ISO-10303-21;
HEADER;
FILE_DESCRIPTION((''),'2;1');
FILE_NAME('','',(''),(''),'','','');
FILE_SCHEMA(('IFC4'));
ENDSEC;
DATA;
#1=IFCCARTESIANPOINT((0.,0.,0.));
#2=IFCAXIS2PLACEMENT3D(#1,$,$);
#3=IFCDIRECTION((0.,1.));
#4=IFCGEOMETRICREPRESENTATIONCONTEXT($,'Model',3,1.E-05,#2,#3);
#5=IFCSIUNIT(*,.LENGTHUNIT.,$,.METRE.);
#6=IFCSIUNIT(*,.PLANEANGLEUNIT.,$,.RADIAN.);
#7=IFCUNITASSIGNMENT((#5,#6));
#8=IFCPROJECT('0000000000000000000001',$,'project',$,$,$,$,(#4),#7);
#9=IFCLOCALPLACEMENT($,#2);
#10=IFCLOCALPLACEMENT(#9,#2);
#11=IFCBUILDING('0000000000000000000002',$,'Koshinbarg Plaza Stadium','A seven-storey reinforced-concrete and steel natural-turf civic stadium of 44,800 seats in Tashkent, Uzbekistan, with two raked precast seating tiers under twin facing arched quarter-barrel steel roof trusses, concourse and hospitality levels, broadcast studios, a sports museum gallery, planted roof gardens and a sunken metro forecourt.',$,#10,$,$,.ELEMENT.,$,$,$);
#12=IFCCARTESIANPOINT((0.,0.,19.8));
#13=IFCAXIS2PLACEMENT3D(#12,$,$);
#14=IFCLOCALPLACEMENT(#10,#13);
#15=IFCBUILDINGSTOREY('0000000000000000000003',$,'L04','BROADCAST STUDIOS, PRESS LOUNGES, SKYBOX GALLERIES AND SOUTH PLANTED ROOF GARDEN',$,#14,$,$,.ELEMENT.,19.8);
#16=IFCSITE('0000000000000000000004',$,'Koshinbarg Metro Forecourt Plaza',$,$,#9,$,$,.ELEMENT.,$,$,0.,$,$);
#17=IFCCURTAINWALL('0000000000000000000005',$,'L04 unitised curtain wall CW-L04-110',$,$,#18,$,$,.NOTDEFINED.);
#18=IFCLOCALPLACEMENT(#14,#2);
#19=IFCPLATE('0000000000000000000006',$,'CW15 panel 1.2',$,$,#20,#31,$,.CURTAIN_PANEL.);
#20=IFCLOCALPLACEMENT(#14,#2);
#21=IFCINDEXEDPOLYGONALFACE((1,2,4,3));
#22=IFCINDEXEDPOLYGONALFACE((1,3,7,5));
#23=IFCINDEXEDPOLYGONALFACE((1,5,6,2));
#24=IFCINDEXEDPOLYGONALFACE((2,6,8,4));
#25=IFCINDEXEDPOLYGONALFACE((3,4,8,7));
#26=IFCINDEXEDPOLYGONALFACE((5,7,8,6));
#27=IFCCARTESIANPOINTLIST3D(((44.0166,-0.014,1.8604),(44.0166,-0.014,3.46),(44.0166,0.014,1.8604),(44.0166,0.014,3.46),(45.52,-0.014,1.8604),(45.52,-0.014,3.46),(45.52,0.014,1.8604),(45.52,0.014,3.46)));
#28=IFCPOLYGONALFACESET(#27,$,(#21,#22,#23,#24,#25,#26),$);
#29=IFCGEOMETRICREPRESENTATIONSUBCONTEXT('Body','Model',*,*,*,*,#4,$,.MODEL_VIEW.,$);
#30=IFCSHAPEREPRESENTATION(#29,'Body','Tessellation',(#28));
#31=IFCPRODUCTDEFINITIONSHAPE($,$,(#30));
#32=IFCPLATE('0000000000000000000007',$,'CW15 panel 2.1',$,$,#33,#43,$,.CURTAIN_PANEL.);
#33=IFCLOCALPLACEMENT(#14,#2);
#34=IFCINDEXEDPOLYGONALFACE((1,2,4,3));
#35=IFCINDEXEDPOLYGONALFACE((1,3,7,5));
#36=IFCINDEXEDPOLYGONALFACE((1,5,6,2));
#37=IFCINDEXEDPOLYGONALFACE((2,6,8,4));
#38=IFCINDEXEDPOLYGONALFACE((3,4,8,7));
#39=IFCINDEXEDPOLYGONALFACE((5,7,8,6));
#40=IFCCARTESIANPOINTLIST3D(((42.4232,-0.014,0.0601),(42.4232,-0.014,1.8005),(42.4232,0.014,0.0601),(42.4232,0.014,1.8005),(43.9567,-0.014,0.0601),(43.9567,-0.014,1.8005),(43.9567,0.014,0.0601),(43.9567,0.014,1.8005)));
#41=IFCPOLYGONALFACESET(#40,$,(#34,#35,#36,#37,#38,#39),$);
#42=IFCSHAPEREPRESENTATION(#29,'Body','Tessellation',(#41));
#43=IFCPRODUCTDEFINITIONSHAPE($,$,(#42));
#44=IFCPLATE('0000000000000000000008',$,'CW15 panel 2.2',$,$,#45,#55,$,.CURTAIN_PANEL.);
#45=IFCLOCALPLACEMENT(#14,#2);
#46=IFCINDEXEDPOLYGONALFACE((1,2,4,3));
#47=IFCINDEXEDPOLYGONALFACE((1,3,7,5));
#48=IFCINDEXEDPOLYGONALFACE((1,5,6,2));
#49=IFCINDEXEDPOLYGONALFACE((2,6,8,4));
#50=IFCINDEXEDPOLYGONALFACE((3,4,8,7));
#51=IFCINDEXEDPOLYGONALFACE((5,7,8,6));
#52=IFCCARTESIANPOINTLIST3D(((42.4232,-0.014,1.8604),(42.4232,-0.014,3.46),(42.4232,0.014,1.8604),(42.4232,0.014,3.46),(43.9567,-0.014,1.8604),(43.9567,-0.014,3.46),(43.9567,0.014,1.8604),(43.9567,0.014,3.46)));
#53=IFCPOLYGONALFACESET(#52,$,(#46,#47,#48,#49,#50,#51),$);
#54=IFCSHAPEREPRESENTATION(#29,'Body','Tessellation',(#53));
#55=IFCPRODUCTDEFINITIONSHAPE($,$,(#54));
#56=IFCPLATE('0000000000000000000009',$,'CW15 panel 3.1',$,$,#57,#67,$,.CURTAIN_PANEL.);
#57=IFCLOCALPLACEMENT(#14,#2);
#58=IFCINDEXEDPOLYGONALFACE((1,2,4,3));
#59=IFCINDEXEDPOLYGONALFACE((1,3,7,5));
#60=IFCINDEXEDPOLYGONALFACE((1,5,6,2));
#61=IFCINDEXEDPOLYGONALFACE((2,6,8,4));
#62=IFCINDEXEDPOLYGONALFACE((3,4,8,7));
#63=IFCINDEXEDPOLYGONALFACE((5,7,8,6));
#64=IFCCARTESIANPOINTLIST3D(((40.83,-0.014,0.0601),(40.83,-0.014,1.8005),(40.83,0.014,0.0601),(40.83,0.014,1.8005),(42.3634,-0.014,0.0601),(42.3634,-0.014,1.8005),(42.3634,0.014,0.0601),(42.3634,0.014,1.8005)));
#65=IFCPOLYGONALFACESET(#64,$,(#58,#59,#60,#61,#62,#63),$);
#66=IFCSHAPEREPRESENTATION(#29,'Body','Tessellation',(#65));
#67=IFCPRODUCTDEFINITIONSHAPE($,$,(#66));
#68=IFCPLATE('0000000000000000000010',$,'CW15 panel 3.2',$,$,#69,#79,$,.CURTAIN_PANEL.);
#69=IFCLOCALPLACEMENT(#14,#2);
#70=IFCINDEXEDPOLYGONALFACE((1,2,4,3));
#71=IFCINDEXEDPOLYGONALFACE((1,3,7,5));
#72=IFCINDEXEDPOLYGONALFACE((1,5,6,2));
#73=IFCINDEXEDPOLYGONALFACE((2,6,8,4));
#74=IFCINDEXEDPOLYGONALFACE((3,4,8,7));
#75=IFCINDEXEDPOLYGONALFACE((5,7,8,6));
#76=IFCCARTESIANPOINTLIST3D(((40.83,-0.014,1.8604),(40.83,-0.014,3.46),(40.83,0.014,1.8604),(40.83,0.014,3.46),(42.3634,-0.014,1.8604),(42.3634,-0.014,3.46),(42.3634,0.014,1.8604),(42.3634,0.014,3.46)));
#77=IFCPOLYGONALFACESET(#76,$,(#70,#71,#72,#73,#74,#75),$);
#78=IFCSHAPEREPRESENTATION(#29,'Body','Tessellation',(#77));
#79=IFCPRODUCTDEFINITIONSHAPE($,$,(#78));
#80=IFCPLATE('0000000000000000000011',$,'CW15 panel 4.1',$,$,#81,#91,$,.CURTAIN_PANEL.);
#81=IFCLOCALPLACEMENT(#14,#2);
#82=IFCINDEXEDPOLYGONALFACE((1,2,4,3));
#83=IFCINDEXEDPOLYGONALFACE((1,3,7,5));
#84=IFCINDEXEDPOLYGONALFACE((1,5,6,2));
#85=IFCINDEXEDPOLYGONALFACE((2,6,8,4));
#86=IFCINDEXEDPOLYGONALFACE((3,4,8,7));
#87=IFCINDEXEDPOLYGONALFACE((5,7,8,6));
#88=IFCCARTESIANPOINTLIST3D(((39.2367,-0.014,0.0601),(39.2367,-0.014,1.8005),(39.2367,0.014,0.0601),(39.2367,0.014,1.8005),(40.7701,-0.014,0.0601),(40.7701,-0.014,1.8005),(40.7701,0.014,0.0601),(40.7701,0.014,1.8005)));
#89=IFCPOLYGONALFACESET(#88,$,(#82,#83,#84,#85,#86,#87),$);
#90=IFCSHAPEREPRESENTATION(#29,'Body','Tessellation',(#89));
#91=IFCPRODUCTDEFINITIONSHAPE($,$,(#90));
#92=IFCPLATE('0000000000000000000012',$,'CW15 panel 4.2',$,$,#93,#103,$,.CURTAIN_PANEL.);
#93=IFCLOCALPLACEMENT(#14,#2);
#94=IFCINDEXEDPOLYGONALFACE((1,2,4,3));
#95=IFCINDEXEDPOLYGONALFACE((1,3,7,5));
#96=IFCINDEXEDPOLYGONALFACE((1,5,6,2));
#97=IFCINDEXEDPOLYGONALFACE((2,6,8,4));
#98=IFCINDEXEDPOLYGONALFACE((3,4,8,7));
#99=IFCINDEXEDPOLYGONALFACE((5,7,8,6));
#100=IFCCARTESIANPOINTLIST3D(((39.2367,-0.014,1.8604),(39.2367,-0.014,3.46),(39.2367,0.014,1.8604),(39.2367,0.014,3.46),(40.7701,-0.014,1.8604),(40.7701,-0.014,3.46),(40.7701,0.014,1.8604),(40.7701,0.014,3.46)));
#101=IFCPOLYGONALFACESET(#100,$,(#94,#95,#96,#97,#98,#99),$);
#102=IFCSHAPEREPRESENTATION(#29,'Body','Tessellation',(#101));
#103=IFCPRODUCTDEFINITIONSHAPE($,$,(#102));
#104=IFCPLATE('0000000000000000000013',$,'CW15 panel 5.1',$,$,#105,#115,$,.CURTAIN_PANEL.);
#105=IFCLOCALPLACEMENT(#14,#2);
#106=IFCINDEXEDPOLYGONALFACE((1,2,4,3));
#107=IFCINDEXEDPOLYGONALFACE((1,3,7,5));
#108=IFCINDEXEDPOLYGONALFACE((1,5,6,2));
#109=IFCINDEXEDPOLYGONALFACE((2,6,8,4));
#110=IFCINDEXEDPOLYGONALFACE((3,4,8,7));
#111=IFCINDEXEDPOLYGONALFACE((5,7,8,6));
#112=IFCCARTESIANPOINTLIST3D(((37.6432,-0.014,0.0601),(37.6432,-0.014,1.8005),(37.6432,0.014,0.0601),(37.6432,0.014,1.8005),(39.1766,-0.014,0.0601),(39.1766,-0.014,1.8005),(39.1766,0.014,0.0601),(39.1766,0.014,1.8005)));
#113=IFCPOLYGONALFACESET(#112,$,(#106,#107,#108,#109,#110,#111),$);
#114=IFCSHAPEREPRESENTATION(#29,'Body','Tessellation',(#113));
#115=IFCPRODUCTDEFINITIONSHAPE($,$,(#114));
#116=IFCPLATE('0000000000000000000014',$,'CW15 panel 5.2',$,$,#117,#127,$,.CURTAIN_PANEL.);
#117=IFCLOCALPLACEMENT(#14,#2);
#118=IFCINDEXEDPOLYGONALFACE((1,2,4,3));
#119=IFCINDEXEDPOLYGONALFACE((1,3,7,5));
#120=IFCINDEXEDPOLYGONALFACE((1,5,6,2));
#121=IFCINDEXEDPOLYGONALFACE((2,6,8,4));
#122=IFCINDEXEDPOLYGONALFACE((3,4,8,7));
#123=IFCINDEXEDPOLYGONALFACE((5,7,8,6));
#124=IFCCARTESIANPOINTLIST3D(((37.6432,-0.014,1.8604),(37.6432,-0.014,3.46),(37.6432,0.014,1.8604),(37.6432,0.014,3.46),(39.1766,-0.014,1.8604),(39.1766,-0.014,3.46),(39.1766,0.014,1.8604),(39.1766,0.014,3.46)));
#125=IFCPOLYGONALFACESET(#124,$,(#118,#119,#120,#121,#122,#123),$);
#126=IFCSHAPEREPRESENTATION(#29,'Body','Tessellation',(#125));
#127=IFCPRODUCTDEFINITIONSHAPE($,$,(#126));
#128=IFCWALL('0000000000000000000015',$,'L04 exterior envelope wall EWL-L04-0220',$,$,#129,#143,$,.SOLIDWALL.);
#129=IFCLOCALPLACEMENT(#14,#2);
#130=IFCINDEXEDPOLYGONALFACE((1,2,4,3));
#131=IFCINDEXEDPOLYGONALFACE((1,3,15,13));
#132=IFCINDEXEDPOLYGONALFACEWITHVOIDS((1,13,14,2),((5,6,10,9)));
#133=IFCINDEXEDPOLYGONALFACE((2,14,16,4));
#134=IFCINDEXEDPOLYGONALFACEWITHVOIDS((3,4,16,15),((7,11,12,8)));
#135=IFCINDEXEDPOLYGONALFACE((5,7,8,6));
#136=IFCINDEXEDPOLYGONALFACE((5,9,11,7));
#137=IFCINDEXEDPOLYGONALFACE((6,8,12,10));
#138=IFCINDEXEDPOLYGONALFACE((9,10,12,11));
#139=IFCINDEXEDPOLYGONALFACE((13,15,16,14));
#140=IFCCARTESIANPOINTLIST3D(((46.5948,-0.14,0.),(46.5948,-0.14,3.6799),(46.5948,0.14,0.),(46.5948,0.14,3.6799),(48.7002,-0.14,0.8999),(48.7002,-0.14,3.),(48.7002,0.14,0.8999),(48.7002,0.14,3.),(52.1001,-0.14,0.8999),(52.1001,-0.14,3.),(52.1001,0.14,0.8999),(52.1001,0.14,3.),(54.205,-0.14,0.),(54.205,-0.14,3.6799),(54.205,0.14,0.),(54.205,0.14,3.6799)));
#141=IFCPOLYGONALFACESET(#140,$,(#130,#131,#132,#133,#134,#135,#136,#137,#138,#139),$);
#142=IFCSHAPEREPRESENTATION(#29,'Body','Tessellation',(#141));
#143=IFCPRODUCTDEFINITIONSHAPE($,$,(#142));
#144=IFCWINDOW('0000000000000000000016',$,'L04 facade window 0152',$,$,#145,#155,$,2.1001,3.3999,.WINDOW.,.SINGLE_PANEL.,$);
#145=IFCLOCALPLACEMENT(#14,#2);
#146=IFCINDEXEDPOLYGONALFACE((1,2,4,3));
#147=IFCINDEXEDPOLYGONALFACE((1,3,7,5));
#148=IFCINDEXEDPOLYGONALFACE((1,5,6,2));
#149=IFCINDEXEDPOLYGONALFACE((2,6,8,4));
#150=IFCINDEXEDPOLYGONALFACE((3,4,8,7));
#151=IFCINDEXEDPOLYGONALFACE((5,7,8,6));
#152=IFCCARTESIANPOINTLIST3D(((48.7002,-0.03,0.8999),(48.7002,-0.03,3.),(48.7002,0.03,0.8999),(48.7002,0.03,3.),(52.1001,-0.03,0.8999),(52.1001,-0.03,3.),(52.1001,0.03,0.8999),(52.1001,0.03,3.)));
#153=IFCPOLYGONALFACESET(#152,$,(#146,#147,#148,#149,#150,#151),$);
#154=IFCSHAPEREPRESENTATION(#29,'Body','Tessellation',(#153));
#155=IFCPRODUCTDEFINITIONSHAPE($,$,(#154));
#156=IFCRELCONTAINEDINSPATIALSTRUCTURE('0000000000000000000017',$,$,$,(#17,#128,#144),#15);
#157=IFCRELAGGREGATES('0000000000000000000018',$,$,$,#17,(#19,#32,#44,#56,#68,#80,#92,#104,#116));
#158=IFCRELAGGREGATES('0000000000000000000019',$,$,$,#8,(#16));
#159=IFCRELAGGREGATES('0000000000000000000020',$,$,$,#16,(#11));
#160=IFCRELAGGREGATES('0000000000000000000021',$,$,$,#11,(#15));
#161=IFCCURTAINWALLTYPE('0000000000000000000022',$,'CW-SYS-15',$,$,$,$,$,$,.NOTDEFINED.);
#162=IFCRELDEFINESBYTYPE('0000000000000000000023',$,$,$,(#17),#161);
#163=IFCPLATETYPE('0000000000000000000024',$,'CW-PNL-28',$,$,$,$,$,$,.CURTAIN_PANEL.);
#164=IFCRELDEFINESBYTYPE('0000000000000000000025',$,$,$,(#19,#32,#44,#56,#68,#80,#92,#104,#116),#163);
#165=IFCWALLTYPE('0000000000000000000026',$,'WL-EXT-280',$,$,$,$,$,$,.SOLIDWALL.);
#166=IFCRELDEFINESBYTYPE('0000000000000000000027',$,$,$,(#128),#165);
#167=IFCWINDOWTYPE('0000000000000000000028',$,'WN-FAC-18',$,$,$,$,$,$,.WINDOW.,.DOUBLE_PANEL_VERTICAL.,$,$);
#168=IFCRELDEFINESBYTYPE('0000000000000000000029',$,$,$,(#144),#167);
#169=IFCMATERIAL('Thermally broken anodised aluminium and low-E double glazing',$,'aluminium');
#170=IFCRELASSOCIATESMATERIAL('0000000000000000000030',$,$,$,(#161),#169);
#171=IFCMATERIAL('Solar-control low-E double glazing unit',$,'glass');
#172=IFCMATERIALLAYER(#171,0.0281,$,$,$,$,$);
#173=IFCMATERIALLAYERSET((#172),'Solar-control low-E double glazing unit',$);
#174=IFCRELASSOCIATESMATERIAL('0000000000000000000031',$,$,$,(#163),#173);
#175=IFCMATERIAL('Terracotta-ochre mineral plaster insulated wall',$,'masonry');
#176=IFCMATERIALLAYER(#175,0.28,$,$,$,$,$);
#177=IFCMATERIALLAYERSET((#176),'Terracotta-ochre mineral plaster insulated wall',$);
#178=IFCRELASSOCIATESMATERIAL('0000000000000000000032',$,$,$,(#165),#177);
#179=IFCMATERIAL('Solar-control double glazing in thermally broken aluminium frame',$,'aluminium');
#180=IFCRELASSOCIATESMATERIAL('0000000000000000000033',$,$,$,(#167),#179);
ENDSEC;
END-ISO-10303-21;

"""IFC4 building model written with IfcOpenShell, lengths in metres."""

from ifc_helpers import new_model, si_unit, direction, frame, frame_2d, origin, origin_2d, place, context, subcontext, project, spatial, rectangle, extrude, material, layer, layer_set, type_object, element, fill, aggregate, save


model = new_model("IFC4")

# Units and contexts
model_context = context("Model", 3, precision=1e-05, world=origin(), true_north=direction((0.0, 1.0)))
body_context = subcontext(model_context, "Body", "Model", "MODEL_VIEW")
ifc_project = project(units=[si_unit("LENGTHUNIT", "METRE"), si_unit("PLANEANGLEUNIT", "RADIAN")], contexts=[model_context])

# Site, building, storey
site_placement = place(None, origin())
site = spatial("IfcSite", under=ifc_project, at=site_placement, Name="Koshinbarg Metro Forecourt Plaza", CompositionType="ELEMENT", RefElevation=0.0)
building_placement = place(site_placement, origin())
building = spatial("IfcBuilding", under=site, at=building_placement, Name="Koshinbarg Plaza Stadium", Description="A seven-storey reinforced-concrete and steel natural-turf civic stadium of 44,800 seats in Tashkent, Uzbekistan, with two raked precast seating tiers under twin facing arched quarter-barrel steel roof trusses, concourse and hospitality levels, broadcast studios, a sports museum gallery, planted roof gardens and a sunken metro forecourt.", CompositionType="ELEMENT")
storey_placement = place(building_placement, frame((0.0, 0.0, 19.8)))
storey = spatial("IfcBuildingStorey", under=building, at=storey_placement, Name="L04", Description="BROADCAST STUDIOS, PRESS LOUNGES, SKYBOX GALLERIES AND SOUTH PLANTED ROOF GARDEN", CompositionType="ELEMENT", Elevation=19.8)

# Curtain wall, plates
ifc_material_1 = material(Name="Thermally broken anodised aluminium and low-E double glazing", Category="aluminium")
curtain_wall_type = type_object("IfcCurtainWallType", Name="CW-SYS-15", PredefinedType="NOTDEFINED", material=ifc_material_1)
curtain_wall_placement = place(storey_placement, origin())
curtain_wall = element("IfcCurtainWall", 1, at=curtain_wall_placement, inside=storey, type_object=curtain_wall_type, Name="L04 unitised curtain wall CW-L04-110", PredefinedType="NOTDEFINED")
ifc_material_2 = material(Name="Solar-control low-E double glazing unit", Category="glass")
ifc_layer_1 = layer(ifc_material_2, 0.0281)
ifc_layer_set_1 = layer_set([ifc_layer_1], Name="Solar-control low-E double glazing unit")
plate_type = type_object("IfcPlateType", Name="CW-PNL-28", PredefinedType="CURTAIN_PANEL", material=ifc_layer_set_1)
plate_1_placement = place(storey_placement, frame((44.7683, 0.0, 1.8604), z_axis=(0.0, 0.0, 1.0), x_axis=(-1.0, 0.0, 0.0)))
plate_1 = element("IfcPlate", 2, at=plate_1_placement, type_object=plate_type, Name="CW15 panel 1.2", PredefinedType="CURTAIN_PANEL", context=body_context, shape_type="SweptSolid", body=[
    extrude(rectangle(XDim=1.5034, YDim=0.0281, at=origin_2d()), origin(), (0.0, 0.0, 1.0), 1.5996),
])
plate_2_placement = place(storey_placement, frame((43.1899, 0.0, 0.0601), z_axis=(0.0, 0.0, 1.0), x_axis=(-1.0, 0.0, 0.0)))
plate_2 = element("IfcPlate", 3, at=plate_2_placement, type_object=plate_type, Name="CW15 panel 2.1", PredefinedType="CURTAIN_PANEL", context=body_context, shape_type="SweptSolid", body=[
    extrude(rectangle(XDim=1.5334, YDim=0.0281, at=origin_2d()), origin(), (0.0, 0.0, 1.0), 1.7405),
])
plate_3_placement = place(storey_placement, frame((43.1899, 0.0, 1.8604), z_axis=(0.0, 0.0, 1.0), x_axis=(-1.0, 0.0, 0.0)))
plate_3 = element("IfcPlate", 4, at=plate_3_placement, type_object=plate_type, Name="CW15 panel 2.2", PredefinedType="CURTAIN_PANEL", context=body_context, shape_type="SweptSolid", body=[
    extrude(rectangle(XDim=1.5334, YDim=0.0281, at=origin_2d()), origin(), (0.0, 0.0, 1.0), 1.5996),
])
plate_4_placement = place(storey_placement, frame((41.5967, 0.0, 0.0601), z_axis=(0.0, 0.0, 1.0), x_axis=(-1.0, 0.0, 0.0)))
plate_4 = element("IfcPlate", 5, at=plate_4_placement, type_object=plate_type, Name="CW15 panel 3.1", PredefinedType="CURTAIN_PANEL", context=body_context, shape_type="SweptSolid", body=[
    extrude(rectangle(XDim=1.5334, YDim=0.0281, at=origin_2d()), origin(), (0.0, 0.0, 1.0), 1.7405),
])
plate_5_placement = place(storey_placement, frame((41.5967, 0.0, 1.8604), z_axis=(0.0, 0.0, 1.0), x_axis=(-1.0, 0.0, 0.0)))
plate_5 = element("IfcPlate", 6, at=plate_5_placement, type_object=plate_type, Name="CW15 panel 3.2", PredefinedType="CURTAIN_PANEL", context=body_context, shape_type="SweptSolid", body=[
    extrude(rectangle(XDim=1.5334, YDim=0.0281, at=origin_2d()), origin(), (0.0, 0.0, 1.0), 1.5996),
])
plate_6_placement = place(storey_placement, frame((40.0034, 0.0, 0.0601), z_axis=(0.0, 0.0, 1.0), x_axis=(-1.0, 0.0, 0.0)))
plate_6 = element("IfcPlate", 7, at=plate_6_placement, type_object=plate_type, Name="CW15 panel 4.1", PredefinedType="CURTAIN_PANEL", context=body_context, shape_type="SweptSolid", body=[
    extrude(rectangle(XDim=1.5334, YDim=0.0281, at=origin_2d()), origin(), (0.0, 0.0, 1.0), 1.7405),
])
plate_7_placement = place(storey_placement, frame((40.0034, 0.0, 1.8604), z_axis=(0.0, 0.0, 1.0), x_axis=(-1.0, 0.0, 0.0)))
plate_7 = element("IfcPlate", 8, at=plate_7_placement, type_object=plate_type, Name="CW15 panel 4.2", PredefinedType="CURTAIN_PANEL", context=body_context, shape_type="SweptSolid", body=[
    extrude(rectangle(XDim=1.5334, YDim=0.0281, at=origin_2d()), origin(), (0.0, 0.0, 1.0), 1.5996),
])
plate_8_placement = place(storey_placement, frame((38.4099, 0.0, 0.0601), z_axis=(0.0, 0.0, 1.0), x_axis=(-1.0, 0.0, 0.0)))
plate_8 = element("IfcPlate", 9, at=plate_8_placement, type_object=plate_type, Name="CW15 panel 5.1", PredefinedType="CURTAIN_PANEL", context=body_context, shape_type="SweptSolid", body=[
    extrude(rectangle(XDim=1.5334, YDim=0.0281, at=origin_2d()), origin(), (0.0, 0.0, 1.0), 1.7405),
])
plate_9_placement = place(storey_placement, frame((38.4099, 0.0, 1.8604), z_axis=(0.0, 0.0, 1.0), x_axis=(-1.0, 0.0, 0.0)))
plate_9 = element("IfcPlate", 10, at=plate_9_placement, type_object=plate_type, Name="CW15 panel 5.2", PredefinedType="CURTAIN_PANEL", context=body_context, shape_type="SweptSolid", body=[
    extrude(rectangle(XDim=1.5334, YDim=0.0281, at=origin_2d()), origin(), (0.0, 0.0, 1.0), 1.5996),
])
aggregate(curtain_wall, [plate_1, plate_2, plate_3, plate_4, plate_5, plate_6, plate_7, plate_8, plate_9])

# Wall, opening, window
ifc_material_3 = material(Name="Terracotta-ochre mineral plaster insulated wall", Category="masonry")
ifc_layer_2 = layer(ifc_material_3, 0.28)
ifc_layer_set_2 = layer_set([ifc_layer_2], Name="Terracotta-ochre mineral plaster insulated wall")
wall_type = type_object("IfcWallType", Name="WL-EXT-280", PredefinedType="SOLIDWALL", material=ifc_layer_set_2)
wall_placement = place(storey_placement, frame((54.2051, 0.0, 0.0), z_axis=(0.0, 0.0, 1.0), x_axis=(-1.0, 0.0, 0.0)))
wall = element("IfcWall", 11, at=wall_placement, inside=storey, type_object=wall_type, Name="L04 exterior envelope wall EWL-L04-0220", PredefinedType="SOLIDWALL", context=body_context, shape_type="SweptSolid", body=[
    extrude(rectangle(XDim=7.6101, YDim=0.28, at=frame_2d((3.8052, 0.0))), origin(), (0.0, 0.0, 1.0), 3.6799),
])
opening_placement = place(wall_placement, frame((2.105, 0.0, 0.8999)))
opening = element("IfcOpeningElement", 12, at=opening_placement, cuts=wall, PredefinedType="OPENING", context=body_context, shape_type="SweptSolid", body=[
    extrude(rectangle(XDim=3.3999, YDim=2.1001, at=frame_2d((1.7, 1.05))), frame((0.0, 0.1499, 0.0), z_axis=(0.0, -1.0, 0.0), x_axis=(1.0, 0.0, 0.0)), (0.0, 0.0, 1.0), 0.3),
])
ifc_material_4 = material(Name="Solar-control double glazing in thermally broken aluminium frame", Category="aluminium")
window_type = type_object("IfcWindowType", Name="WN-FAC-18", PartitioningType="DOUBLE_PANEL_VERTICAL", PredefinedType="WINDOW", material=ifc_material_4)
window_placement = place(opening_placement, origin())
window = element("IfcWindow", 13, at=window_placement, inside=storey, type_object=window_type, Name="L04 facade window 0152", OverallHeight=2.1001, OverallWidth=3.3999, PartitioningType="SINGLE_PANEL", PredefinedType="WINDOW", context=body_context, shape_type="SweptSolid", body=[
    extrude(rectangle(XDim=3.3999, YDim=2.1001, at=frame_2d((1.7, 1.05))), frame((0.0, 0.03, 0.0), z_axis=(0.0, -1.0, 0.0), x_axis=(1.0, 0.0, 0.0)), (0.0, 0.0, 1.0), 0.0601),
])
fill(opening, window)

save(model, "model.ifc")
